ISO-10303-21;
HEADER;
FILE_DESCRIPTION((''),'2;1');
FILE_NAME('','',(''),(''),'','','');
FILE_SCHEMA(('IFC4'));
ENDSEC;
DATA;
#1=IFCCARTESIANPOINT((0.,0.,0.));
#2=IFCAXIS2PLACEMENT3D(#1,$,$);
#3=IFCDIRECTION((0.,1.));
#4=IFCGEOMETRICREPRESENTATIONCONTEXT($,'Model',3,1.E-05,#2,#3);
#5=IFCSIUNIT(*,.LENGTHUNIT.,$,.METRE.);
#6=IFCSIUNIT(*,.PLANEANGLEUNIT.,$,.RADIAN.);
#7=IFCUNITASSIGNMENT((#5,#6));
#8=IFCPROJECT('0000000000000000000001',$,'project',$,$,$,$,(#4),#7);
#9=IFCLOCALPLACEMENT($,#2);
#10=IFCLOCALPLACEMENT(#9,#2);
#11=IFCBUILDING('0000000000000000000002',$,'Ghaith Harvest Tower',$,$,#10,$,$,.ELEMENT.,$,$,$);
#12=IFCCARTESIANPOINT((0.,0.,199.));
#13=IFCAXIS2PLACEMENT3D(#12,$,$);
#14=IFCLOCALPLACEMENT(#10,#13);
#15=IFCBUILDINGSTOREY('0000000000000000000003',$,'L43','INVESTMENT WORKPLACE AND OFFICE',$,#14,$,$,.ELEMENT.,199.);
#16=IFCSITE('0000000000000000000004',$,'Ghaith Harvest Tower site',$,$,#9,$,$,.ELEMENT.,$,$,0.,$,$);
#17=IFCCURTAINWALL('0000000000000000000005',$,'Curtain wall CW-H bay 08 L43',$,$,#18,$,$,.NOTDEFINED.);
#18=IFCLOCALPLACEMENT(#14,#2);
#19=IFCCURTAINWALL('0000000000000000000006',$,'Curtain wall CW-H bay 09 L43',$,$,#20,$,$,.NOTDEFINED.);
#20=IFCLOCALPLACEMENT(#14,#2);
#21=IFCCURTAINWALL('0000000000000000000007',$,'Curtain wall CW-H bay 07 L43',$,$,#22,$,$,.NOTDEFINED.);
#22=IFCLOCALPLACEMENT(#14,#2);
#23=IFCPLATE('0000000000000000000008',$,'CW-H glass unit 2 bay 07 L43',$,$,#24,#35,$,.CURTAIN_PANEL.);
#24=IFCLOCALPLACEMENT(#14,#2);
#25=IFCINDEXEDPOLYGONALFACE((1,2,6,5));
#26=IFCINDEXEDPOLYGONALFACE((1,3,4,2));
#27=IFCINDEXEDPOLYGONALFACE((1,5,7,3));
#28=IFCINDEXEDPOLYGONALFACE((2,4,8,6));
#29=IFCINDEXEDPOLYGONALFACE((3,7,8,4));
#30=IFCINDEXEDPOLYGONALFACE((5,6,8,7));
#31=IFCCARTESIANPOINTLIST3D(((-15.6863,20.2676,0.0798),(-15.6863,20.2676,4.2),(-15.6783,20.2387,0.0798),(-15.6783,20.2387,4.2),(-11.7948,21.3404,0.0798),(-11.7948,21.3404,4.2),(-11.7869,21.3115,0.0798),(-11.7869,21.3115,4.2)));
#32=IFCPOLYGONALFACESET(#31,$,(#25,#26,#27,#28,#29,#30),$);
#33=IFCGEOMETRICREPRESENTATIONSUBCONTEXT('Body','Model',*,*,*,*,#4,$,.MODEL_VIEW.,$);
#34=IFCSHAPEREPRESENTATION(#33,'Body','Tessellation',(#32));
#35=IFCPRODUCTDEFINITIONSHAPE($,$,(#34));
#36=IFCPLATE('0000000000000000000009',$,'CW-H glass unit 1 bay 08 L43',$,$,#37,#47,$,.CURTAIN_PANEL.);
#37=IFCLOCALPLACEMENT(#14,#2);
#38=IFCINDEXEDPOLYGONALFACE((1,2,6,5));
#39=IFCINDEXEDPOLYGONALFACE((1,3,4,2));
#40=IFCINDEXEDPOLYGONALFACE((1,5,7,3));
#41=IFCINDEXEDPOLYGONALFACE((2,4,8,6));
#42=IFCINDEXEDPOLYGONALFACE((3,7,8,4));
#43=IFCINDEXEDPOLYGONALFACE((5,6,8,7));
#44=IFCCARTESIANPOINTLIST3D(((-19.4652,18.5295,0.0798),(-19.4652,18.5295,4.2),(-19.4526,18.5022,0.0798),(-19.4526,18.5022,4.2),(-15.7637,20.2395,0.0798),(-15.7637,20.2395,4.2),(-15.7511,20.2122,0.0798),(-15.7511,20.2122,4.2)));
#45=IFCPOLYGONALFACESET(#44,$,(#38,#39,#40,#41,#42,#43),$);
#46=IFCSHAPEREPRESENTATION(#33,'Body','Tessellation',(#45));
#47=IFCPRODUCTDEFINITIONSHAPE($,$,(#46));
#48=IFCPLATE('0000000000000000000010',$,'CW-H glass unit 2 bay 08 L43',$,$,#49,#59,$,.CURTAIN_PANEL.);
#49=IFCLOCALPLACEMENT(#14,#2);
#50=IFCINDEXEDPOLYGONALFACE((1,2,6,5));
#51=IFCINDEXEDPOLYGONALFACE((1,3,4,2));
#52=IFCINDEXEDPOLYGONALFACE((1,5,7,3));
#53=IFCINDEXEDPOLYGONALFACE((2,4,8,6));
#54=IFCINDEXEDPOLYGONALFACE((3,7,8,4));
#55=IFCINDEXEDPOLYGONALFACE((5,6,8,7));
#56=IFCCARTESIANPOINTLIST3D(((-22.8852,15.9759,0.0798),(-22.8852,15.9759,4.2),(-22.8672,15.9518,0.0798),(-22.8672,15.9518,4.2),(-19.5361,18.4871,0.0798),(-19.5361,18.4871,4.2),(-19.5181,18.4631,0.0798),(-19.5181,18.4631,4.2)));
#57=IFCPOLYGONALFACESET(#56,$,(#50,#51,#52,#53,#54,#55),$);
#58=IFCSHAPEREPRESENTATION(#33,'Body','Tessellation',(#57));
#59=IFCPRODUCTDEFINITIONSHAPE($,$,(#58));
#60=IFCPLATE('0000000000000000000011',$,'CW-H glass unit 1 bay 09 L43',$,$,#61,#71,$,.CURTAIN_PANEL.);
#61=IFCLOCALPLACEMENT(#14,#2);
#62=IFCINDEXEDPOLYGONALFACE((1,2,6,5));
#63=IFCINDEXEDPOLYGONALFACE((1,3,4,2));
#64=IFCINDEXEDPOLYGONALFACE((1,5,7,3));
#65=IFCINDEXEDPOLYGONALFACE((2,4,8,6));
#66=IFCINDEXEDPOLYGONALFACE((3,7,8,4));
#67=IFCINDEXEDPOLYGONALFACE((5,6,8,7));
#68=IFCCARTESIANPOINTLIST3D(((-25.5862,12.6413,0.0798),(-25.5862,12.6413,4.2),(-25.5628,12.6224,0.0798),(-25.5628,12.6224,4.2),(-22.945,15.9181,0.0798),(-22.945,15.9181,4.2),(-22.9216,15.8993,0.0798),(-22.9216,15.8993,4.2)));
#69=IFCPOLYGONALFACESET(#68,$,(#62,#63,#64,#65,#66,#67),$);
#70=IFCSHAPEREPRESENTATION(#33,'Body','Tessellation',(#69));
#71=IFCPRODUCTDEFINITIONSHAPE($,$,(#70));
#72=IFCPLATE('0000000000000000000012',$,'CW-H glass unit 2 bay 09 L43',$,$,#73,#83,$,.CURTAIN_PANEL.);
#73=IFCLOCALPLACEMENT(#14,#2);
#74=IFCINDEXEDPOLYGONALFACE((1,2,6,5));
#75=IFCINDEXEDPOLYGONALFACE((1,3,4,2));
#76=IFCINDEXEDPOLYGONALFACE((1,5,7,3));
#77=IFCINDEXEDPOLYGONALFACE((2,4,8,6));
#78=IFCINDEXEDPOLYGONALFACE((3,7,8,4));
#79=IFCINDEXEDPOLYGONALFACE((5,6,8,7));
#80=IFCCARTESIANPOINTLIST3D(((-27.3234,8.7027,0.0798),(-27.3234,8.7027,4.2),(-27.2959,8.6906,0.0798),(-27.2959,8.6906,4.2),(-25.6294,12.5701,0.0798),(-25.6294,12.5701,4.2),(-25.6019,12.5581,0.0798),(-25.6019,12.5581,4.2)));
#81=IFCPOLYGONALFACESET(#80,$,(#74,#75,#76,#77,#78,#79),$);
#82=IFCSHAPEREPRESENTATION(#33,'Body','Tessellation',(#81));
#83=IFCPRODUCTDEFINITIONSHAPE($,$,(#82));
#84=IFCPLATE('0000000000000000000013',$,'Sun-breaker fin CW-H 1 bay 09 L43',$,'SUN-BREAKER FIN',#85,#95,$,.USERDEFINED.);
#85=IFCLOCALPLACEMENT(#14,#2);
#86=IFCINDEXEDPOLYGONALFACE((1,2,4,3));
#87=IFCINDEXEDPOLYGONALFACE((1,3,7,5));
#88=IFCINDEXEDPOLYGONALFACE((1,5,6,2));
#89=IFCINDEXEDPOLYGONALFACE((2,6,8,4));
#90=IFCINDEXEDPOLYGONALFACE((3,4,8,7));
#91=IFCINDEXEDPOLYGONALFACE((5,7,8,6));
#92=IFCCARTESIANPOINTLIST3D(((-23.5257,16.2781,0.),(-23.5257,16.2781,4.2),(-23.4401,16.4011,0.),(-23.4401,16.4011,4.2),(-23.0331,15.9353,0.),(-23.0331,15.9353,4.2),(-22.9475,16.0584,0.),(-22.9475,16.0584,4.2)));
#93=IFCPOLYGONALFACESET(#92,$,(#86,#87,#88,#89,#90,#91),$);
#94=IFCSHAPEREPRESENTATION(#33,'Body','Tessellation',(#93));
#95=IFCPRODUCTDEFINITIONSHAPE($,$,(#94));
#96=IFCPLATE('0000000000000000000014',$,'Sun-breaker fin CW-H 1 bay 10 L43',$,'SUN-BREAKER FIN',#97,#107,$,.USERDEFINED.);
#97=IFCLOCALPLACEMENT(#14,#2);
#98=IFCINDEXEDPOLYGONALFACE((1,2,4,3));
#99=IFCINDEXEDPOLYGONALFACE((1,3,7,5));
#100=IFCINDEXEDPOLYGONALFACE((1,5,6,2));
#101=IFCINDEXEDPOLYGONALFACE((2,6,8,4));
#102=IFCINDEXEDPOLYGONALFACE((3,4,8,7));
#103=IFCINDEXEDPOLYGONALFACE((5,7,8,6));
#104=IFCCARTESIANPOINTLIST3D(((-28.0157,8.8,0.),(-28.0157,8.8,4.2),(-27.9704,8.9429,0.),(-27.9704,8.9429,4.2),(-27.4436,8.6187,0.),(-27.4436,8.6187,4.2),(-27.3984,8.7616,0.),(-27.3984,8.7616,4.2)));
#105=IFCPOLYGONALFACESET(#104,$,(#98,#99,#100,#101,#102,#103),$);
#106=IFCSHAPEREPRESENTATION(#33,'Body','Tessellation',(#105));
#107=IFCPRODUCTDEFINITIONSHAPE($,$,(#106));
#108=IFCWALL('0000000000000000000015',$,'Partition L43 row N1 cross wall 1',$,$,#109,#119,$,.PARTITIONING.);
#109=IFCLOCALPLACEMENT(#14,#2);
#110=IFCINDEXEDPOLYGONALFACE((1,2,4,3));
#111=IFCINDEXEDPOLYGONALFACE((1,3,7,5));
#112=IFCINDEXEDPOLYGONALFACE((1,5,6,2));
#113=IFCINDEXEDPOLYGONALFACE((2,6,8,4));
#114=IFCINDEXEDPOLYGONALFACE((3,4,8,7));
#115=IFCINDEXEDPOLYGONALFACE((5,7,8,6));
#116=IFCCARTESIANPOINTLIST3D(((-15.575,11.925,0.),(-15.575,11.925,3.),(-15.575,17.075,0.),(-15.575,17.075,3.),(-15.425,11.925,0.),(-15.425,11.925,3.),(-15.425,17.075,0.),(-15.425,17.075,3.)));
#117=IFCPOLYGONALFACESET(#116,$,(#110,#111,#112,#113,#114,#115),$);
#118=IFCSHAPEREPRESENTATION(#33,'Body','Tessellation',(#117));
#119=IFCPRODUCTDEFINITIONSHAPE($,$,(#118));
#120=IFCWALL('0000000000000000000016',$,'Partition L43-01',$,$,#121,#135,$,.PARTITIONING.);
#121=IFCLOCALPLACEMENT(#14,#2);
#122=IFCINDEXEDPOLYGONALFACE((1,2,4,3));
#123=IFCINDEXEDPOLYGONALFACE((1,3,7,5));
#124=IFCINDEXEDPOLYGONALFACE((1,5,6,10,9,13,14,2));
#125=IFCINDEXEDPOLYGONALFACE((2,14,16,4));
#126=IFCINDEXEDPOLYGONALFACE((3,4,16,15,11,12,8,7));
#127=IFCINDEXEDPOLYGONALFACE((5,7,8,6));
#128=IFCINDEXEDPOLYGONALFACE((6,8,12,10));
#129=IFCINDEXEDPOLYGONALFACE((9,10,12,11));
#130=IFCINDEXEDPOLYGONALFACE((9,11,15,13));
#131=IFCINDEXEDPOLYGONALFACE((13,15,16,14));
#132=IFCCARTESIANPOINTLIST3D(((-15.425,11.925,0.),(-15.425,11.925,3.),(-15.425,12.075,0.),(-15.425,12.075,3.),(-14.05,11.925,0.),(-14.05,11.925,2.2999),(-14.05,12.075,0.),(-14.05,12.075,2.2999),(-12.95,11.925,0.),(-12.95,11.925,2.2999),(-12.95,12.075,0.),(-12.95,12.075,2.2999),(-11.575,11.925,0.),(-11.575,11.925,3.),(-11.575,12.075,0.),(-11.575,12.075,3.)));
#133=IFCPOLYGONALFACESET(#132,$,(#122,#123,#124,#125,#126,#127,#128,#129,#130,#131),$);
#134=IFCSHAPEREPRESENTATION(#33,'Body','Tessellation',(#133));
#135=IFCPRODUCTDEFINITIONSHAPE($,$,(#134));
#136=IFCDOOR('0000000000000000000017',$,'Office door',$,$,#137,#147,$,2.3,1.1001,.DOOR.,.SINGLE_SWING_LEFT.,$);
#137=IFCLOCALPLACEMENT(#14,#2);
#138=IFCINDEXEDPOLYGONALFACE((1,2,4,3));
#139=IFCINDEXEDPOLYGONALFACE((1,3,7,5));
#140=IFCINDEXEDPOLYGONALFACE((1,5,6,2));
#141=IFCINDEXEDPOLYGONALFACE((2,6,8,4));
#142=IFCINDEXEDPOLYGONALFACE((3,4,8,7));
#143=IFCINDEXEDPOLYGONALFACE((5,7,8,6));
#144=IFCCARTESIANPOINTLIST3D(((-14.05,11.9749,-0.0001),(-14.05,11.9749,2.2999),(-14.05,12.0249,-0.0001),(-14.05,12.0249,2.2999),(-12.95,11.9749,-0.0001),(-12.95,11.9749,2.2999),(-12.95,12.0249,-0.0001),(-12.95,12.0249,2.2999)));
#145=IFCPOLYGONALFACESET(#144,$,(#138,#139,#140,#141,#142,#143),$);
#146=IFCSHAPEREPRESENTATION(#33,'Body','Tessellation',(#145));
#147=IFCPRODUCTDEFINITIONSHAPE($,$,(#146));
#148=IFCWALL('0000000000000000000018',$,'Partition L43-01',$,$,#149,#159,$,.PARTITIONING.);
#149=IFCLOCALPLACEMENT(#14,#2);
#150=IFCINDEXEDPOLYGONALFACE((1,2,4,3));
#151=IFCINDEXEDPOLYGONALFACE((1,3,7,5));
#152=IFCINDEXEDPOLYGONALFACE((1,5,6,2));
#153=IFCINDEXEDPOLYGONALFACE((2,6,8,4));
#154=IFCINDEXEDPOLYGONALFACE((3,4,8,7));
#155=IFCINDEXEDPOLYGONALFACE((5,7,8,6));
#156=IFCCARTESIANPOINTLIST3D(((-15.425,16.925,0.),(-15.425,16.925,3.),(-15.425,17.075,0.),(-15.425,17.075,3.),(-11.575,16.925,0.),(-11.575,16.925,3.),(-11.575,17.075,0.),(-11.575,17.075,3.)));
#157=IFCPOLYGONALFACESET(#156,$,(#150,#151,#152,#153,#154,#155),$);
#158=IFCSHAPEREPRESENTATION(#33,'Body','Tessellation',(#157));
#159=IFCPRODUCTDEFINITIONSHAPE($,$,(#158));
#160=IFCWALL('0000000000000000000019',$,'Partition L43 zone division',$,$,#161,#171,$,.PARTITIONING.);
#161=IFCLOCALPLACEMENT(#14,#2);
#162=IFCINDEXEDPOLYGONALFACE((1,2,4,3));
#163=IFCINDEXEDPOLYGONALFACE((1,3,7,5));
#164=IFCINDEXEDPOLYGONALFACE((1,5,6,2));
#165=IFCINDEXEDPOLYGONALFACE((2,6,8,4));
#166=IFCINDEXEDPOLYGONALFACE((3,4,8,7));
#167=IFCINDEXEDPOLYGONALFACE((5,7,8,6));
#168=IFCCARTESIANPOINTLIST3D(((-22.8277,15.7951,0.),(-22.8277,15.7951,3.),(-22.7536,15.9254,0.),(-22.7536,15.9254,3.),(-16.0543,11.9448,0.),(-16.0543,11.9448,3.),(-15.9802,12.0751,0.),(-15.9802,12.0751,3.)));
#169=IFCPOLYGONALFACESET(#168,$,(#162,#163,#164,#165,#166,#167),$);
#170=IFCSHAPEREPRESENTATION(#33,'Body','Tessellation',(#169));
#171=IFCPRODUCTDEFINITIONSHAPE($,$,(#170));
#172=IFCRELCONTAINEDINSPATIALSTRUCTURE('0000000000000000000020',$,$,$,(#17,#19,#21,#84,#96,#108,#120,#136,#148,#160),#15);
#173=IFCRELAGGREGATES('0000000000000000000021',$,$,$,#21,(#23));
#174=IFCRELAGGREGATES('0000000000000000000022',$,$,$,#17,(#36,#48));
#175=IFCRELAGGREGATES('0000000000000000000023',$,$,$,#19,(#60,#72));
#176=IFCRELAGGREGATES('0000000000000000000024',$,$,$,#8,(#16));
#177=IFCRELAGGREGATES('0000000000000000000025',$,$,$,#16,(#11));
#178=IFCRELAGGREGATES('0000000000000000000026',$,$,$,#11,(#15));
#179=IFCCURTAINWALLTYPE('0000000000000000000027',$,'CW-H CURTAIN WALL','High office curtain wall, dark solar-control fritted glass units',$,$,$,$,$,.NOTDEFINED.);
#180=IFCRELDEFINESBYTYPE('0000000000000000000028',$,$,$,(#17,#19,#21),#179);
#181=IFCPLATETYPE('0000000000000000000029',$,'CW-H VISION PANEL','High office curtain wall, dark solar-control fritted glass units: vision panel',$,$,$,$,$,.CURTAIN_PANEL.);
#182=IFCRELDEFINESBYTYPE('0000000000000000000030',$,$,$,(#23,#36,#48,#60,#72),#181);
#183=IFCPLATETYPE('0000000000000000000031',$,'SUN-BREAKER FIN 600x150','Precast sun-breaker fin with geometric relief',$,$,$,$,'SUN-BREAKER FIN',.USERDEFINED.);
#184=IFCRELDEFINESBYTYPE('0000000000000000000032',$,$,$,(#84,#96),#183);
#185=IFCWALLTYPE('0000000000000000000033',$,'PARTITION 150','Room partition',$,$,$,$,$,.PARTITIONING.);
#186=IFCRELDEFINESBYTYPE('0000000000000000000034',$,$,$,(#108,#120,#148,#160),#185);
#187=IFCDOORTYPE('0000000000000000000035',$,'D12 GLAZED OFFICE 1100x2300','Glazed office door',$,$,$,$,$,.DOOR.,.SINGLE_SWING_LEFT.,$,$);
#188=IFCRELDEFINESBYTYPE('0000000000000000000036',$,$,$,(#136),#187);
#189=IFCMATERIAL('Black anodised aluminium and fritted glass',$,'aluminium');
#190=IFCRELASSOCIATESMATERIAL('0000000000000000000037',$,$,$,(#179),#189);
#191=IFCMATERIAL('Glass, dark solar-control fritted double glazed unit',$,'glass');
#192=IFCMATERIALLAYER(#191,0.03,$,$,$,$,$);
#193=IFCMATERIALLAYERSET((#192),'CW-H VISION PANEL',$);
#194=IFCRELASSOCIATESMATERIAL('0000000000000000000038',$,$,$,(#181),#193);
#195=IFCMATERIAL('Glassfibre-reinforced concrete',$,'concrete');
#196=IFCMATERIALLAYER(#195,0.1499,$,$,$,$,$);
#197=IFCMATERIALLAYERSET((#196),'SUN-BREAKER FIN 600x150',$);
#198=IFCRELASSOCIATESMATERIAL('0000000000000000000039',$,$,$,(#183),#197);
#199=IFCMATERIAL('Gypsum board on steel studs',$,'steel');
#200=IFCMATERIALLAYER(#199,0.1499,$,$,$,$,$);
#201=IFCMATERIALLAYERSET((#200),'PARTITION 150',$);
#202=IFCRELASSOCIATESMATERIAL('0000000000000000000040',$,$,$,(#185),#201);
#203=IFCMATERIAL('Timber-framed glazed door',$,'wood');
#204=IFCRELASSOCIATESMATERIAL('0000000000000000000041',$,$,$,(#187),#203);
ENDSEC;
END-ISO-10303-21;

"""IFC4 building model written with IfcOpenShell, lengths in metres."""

from ifc_helpers import new_model, si_unit, direction, frame, frame_2d, origin, origin_2d, place, context, subcontext, project, spatial, rectangle, extrude, material, layer, layer_set, type_object, element, fill, aggregate, save


model = new_model("IFC4")

# Units and contexts
model_context = context("Model", 3, precision=1e-05, world=origin(), true_north=direction((0.0, 1.0)))
body_context = subcontext(model_context, "Body", "Model", "MODEL_VIEW")
ifc_project = project(units=[si_unit("LENGTHUNIT", "METRE"), si_unit("PLANEANGLEUNIT", "RADIAN")], contexts=[model_context])

# Site, building, storey
site_placement = place(None, origin())
site = spatial("IfcSite", under=ifc_project, at=site_placement, Name="Ghaith Harvest Tower site", CompositionType="ELEMENT", RefElevation=0.0)
building_placement = place(site_placement, origin())
building = spatial("IfcBuilding", under=site, at=building_placement, Name="Ghaith Harvest Tower", CompositionType="ELEMENT")
storey_placement = place(building_placement, frame((0.0, 0.0, 199.0)))
storey = spatial("IfcBuildingStorey", under=building, at=storey_placement, Name="L43", Description="INVESTMENT WORKPLACE AND OFFICE", CompositionType="ELEMENT", Elevation=199.0)

# Curtain walls
ifc_material_1 = material(Name="Black anodised aluminium and fritted glass", Category="aluminium")
curtain_wall_type = type_object("IfcCurtainWallType", Name="CW-H CURTAIN WALL", Description="High office curtain wall, dark solar-control fritted glass units", PredefinedType="NOTDEFINED", material=ifc_material_1)
curtain_wall_1_placement = place(storey_placement, origin())
curtain_wall_1 = element("IfcCurtainWall", 1, at=curtain_wall_1_placement, inside=storey, type_object=curtain_wall_type, Name="Curtain wall CW-H bay 08 L43", PredefinedType="NOTDEFINED")
curtain_wall_2_placement = place(storey_placement, origin())
curtain_wall_2 = element("IfcCurtainWall", 2, at=curtain_wall_2_placement, inside=storey, type_object=curtain_wall_type, Name="Curtain wall CW-H bay 09 L43", PredefinedType="NOTDEFINED")

# Curtain wall, plate
curtain_wall_3_placement = place(storey_placement, origin())
curtain_wall_3 = element("IfcCurtainWall", 3, at=curtain_wall_3_placement, inside=storey, type_object=curtain_wall_type, Name="Curtain wall CW-H bay 07 L43", PredefinedType="NOTDEFINED")
ifc_material_2 = material(Name="Glass, dark solar-control fritted double glazed unit", Category="glass")
ifc_layer_1 = layer(ifc_material_2, 0.03)
ifc_layer_set_1 = layer_set([ifc_layer_1], Name="CW-H VISION PANEL")
plate_type_1 = type_object("IfcPlateType", Name="CW-H VISION PANEL", Description="High office curtain wall, dark solar-control fritted glass units: vision panel", PredefinedType="CURTAIN_PANEL", material=ifc_layer_set_1)
plate_1_placement = place(storey_placement, frame((-13.7366, 20.7896, 0.0798), z_axis=(0.0, 0.0, 1.0), x_axis=(-0.964034, -0.265779, 0.0)))
plate_1 = element("IfcPlate", 4, at=plate_1_placement, type_object=plate_type_1, Name="CW-H glass unit 2 bay 07 L43", PredefinedType="CURTAIN_PANEL", context=body_context, shape_type="SweptSolid", body=[
    extrude(rectangle(XDim=4.0366, YDim=0.03, at=origin_2d()), origin(), (0.0, 0.0, 1.0), 4.1201),
])
aggregate(curtain_wall_3, [plate_1])

# Plates
plate_2_placement = place(storey_placement, frame((-17.6082, 19.3708, 0.0798), z_axis=(0.0, 0.0, 1.0), x_axis=(-0.907814, -0.419372, 0.0)))
plate_2 = element("IfcPlate", 5, at=plate_2_placement, type_object=plate_type_1, Name="CW-H glass unit 1 bay 08 L43", PredefinedType="CURTAIN_PANEL", context=body_context, shape_type="SweptSolid", body=[
    extrude(rectangle(XDim=4.0774, YDim=0.03, at=origin_2d()), origin(), (0.0, 0.0, 1.0), 4.1201),
])
plate_3_placement = place(storey_placement, frame((-21.2017, 17.2195, 0.0798), z_axis=(0.0, 0.0, 1.0), x_axis=(-0.800067, -0.599911, 0.0)))
plate_3 = element("IfcPlate", 6, at=plate_3_placement, type_object=plate_type_1, Name="CW-H glass unit 2 bay 08 L43", PredefinedType="CURTAIN_PANEL", context=body_context, shape_type="SweptSolid", body=[
    extrude(rectangle(XDim=4.186, YDim=0.03, at=origin_2d()), origin(), (0.0, 0.0, 1.0), 4.1201),
])
aggregate(curtain_wall_1, [plate_2, plate_3])
plate_4_placement = place(storey_placement, frame((-24.2539, 14.2703, 0.0798), z_axis=(0.0, 0.0, 1.0), x_axis=(-0.627548, -0.778578, 0.0)))
plate_4 = element("IfcPlate", 7, at=plate_4_placement, type_object=plate_type_1, Name="CW-H glass unit 1 bay 09 L43", PredefinedType="CURTAIN_PANEL", context=body_context, shape_type="SweptSolid", body=[
    extrude(rectangle(XDim=4.2087, YDim=0.03, at=origin_2d()), origin(), (0.0, 0.0, 1.0), 4.1201),
])
plate_5_placement = place(storey_placement, frame((-26.4626, 10.6304, 0.0798), z_axis=(0.0, 0.0, 1.0), x_axis=(-0.401213, -0.915985, 0.0)))
plate_5 = element("IfcPlate", 8, at=plate_5_placement, type_object=plate_type_1, Name="CW-H glass unit 2 bay 09 L43", PredefinedType="CURTAIN_PANEL", context=body_context, shape_type="SweptSolid", body=[
    extrude(rectangle(XDim=4.2222, YDim=0.03, at=origin_2d()), origin(), (0.0, 0.0, 1.0), 4.1201),
])
aggregate(curtain_wall_2, [plate_4, plate_5])

# Plates
ifc_material_3 = material(Name="Glassfibre-reinforced concrete", Category="concrete")
ifc_layer_2 = layer(ifc_material_3, 0.1499)
ifc_layer_set_2 = layer_set([ifc_layer_2], Name="SUN-BREAKER FIN 600x150")
plate_type_2 = type_object("IfcPlateType", Name="SUN-BREAKER FIN 600x150", Description="Precast sun-breaker fin with geometric relief", ElementType="SUN-BREAKER FIN", PredefinedType="USERDEFINED", material=ifc_layer_set_2)
for number, where, z_axis, x_axis, name in (
    (9, (-23.2366, 16.1682, 0.0), (0.0, 0.0, 1.0), (-0.820845, 0.57115, 0.0), "Sun-breaker fin CW-H 1 bay 09 L43"),
    (10, (-27.707, 8.7808, 0.0), (0.0, 0.0, 1.0), (-0.953273, 0.30211, 0.0), "Sun-breaker fin CW-H 1 bay 10 L43"),
):
    element("IfcPlate", number, at=place(storey_placement, frame(where, z_axis=z_axis, x_axis=x_axis)), inside=storey, type_object=plate_type_2, Name=name, ObjectType="SUN-BREAKER FIN", PredefinedType="USERDEFINED", context=body_context, shape_type="SweptSolid", body=[
        extrude(rectangle(XDim=0.6001, YDim=0.1499, at=origin_2d()), origin(), (0.0, 0.0, 1.0), 4.2),
    ])

# Wall
ifc_material_4 = material(Name="Gypsum board on steel studs", Category="steel")
ifc_layer_3 = layer(ifc_material_4, 0.1499)
ifc_layer_set_3 = layer_set([ifc_layer_3], Name="PARTITION 150")
wall_type_1 = type_object("IfcWallType", Name="PARTITION 150", Description="Room partition", PredefinedType="PARTITIONING", material=ifc_layer_set_3)
wall_1_placement = place(storey_placement, frame((-15.5, 11.925, 0.0), z_axis=(0.0, 0.0, 1.0), x_axis=(0.0, 1.0, 0.0)))
element("IfcWall", 11, at=wall_1_placement, inside=storey, type_object=wall_type_1, Name="Partition L43 row N1 cross wall 1", PredefinedType="PARTITIONING", context=body_context, shape_type="SweptSolid", body=[
    extrude(rectangle(XDim=5.1499, YDim=0.1499, at=frame_2d((2.575, 0.0))), origin(), (0.0, 0.0, 1.0), 3.0),
])

# Wall, opening, door
wall_2_placement = place(storey_placement, frame((-15.425, 12.0, 0.0), z_axis=(0.0, 0.0, 1.0), x_axis=(1.0, 0.0, 0.0)))
wall_2 = element("IfcWall", 12, at=wall_2_placement, inside=storey, type_object=wall_type_1, Name="Partition L43-01", PredefinedType="PARTITIONING", context=body_context, shape_type="SweptSolid", body=[
    extrude(rectangle(XDim=3.8501, YDim=0.1499, at=frame_2d((1.925, 0.0))), origin(), (0.0, 0.0, 1.0), 3.0),
])
opening_1_placement = place(wall_2_placement, frame((1.375, 0.0, 0.0)))
opening_1 = element("IfcOpeningElement", 13, at=opening_1_placement, cuts=wall_2, PredefinedType="OPENING", context=body_context, shape_type="SweptSolid", body=[
    extrude(rectangle(XDim=1.1001, YDim=2.3, at=frame_2d((0.55, 1.1499))), frame((0.0, 0.085, 0.0), z_axis=(0.0, -1.0, 0.0), x_axis=(1.0, 0.0, 0.0)), (0.0, 0.0, 1.0), 0.1699),
])
ifc_material_5 = material(Name="Timber-framed glazed door", Category="wood")
door_type_1 = type_object("IfcDoorType", Name="D12 GLAZED OFFICE 1100x2300", Description="Glazed office door", OperationType="SINGLE_SWING_LEFT", PredefinedType="DOOR", material=ifc_material_5)
door_1_placement = place(opening_1_placement, origin())
door_1 = element("IfcDoor", 14, at=door_1_placement, inside=storey, type_object=door_type_1, Name="Office door", OperationType="SINGLE_SWING_LEFT", OverallHeight=2.3, OverallWidth=1.1001, PredefinedType="DOOR", context=body_context, shape_type="SweptSolid", body=[
    extrude(rectangle(XDim=1.1001, YDim=2.3, at=frame_2d((0.55, 1.1499))), frame((0.0, 0.0249, 0.0), z_axis=(0.0, -1.0, 0.0), x_axis=(1.0, 0.0, 0.0)), (0.0, 0.0, 1.0), 0.05),
])
fill(opening_1, door_1)

# Walls
wall_3_placement = place(storey_placement, frame((-15.425, 17.0, 0.0), z_axis=(0.0, 0.0, 1.0), x_axis=(1.0, 0.0, 0.0)))
element("IfcWall", 15, at=wall_3_placement, inside=storey, type_object=wall_type_1, Name="Partition L43-01", PredefinedType="PARTITIONING", context=body_context, shape_type="SweptSolid", body=[
    extrude(rectangle(XDim=3.8501, YDim=0.1499, at=frame_2d((1.925, 0.0))), origin(), (0.0, 0.0, 1.0), 3.0),
])
wall_4_placement = place(storey_placement, frame((-16.0173, 12.01, 0.0), z_axis=(0.0, 0.0, 1.0), x_axis=(-0.869357, 0.494184, 0.0)))
element("IfcWall", 16, at=wall_4_placement, inside=storey, type_object=wall_type_1, Name="Partition L43 zone division", PredefinedType="PARTITIONING", context=body_context, shape_type="SweptSolid", body=[
    extrude(rectangle(XDim=7.7913, YDim=0.1499, at=frame_2d((3.8955, 0.0))), origin(), (0.0, 0.0, 1.0), 3.0),
])

save(model, "model.ifc")
